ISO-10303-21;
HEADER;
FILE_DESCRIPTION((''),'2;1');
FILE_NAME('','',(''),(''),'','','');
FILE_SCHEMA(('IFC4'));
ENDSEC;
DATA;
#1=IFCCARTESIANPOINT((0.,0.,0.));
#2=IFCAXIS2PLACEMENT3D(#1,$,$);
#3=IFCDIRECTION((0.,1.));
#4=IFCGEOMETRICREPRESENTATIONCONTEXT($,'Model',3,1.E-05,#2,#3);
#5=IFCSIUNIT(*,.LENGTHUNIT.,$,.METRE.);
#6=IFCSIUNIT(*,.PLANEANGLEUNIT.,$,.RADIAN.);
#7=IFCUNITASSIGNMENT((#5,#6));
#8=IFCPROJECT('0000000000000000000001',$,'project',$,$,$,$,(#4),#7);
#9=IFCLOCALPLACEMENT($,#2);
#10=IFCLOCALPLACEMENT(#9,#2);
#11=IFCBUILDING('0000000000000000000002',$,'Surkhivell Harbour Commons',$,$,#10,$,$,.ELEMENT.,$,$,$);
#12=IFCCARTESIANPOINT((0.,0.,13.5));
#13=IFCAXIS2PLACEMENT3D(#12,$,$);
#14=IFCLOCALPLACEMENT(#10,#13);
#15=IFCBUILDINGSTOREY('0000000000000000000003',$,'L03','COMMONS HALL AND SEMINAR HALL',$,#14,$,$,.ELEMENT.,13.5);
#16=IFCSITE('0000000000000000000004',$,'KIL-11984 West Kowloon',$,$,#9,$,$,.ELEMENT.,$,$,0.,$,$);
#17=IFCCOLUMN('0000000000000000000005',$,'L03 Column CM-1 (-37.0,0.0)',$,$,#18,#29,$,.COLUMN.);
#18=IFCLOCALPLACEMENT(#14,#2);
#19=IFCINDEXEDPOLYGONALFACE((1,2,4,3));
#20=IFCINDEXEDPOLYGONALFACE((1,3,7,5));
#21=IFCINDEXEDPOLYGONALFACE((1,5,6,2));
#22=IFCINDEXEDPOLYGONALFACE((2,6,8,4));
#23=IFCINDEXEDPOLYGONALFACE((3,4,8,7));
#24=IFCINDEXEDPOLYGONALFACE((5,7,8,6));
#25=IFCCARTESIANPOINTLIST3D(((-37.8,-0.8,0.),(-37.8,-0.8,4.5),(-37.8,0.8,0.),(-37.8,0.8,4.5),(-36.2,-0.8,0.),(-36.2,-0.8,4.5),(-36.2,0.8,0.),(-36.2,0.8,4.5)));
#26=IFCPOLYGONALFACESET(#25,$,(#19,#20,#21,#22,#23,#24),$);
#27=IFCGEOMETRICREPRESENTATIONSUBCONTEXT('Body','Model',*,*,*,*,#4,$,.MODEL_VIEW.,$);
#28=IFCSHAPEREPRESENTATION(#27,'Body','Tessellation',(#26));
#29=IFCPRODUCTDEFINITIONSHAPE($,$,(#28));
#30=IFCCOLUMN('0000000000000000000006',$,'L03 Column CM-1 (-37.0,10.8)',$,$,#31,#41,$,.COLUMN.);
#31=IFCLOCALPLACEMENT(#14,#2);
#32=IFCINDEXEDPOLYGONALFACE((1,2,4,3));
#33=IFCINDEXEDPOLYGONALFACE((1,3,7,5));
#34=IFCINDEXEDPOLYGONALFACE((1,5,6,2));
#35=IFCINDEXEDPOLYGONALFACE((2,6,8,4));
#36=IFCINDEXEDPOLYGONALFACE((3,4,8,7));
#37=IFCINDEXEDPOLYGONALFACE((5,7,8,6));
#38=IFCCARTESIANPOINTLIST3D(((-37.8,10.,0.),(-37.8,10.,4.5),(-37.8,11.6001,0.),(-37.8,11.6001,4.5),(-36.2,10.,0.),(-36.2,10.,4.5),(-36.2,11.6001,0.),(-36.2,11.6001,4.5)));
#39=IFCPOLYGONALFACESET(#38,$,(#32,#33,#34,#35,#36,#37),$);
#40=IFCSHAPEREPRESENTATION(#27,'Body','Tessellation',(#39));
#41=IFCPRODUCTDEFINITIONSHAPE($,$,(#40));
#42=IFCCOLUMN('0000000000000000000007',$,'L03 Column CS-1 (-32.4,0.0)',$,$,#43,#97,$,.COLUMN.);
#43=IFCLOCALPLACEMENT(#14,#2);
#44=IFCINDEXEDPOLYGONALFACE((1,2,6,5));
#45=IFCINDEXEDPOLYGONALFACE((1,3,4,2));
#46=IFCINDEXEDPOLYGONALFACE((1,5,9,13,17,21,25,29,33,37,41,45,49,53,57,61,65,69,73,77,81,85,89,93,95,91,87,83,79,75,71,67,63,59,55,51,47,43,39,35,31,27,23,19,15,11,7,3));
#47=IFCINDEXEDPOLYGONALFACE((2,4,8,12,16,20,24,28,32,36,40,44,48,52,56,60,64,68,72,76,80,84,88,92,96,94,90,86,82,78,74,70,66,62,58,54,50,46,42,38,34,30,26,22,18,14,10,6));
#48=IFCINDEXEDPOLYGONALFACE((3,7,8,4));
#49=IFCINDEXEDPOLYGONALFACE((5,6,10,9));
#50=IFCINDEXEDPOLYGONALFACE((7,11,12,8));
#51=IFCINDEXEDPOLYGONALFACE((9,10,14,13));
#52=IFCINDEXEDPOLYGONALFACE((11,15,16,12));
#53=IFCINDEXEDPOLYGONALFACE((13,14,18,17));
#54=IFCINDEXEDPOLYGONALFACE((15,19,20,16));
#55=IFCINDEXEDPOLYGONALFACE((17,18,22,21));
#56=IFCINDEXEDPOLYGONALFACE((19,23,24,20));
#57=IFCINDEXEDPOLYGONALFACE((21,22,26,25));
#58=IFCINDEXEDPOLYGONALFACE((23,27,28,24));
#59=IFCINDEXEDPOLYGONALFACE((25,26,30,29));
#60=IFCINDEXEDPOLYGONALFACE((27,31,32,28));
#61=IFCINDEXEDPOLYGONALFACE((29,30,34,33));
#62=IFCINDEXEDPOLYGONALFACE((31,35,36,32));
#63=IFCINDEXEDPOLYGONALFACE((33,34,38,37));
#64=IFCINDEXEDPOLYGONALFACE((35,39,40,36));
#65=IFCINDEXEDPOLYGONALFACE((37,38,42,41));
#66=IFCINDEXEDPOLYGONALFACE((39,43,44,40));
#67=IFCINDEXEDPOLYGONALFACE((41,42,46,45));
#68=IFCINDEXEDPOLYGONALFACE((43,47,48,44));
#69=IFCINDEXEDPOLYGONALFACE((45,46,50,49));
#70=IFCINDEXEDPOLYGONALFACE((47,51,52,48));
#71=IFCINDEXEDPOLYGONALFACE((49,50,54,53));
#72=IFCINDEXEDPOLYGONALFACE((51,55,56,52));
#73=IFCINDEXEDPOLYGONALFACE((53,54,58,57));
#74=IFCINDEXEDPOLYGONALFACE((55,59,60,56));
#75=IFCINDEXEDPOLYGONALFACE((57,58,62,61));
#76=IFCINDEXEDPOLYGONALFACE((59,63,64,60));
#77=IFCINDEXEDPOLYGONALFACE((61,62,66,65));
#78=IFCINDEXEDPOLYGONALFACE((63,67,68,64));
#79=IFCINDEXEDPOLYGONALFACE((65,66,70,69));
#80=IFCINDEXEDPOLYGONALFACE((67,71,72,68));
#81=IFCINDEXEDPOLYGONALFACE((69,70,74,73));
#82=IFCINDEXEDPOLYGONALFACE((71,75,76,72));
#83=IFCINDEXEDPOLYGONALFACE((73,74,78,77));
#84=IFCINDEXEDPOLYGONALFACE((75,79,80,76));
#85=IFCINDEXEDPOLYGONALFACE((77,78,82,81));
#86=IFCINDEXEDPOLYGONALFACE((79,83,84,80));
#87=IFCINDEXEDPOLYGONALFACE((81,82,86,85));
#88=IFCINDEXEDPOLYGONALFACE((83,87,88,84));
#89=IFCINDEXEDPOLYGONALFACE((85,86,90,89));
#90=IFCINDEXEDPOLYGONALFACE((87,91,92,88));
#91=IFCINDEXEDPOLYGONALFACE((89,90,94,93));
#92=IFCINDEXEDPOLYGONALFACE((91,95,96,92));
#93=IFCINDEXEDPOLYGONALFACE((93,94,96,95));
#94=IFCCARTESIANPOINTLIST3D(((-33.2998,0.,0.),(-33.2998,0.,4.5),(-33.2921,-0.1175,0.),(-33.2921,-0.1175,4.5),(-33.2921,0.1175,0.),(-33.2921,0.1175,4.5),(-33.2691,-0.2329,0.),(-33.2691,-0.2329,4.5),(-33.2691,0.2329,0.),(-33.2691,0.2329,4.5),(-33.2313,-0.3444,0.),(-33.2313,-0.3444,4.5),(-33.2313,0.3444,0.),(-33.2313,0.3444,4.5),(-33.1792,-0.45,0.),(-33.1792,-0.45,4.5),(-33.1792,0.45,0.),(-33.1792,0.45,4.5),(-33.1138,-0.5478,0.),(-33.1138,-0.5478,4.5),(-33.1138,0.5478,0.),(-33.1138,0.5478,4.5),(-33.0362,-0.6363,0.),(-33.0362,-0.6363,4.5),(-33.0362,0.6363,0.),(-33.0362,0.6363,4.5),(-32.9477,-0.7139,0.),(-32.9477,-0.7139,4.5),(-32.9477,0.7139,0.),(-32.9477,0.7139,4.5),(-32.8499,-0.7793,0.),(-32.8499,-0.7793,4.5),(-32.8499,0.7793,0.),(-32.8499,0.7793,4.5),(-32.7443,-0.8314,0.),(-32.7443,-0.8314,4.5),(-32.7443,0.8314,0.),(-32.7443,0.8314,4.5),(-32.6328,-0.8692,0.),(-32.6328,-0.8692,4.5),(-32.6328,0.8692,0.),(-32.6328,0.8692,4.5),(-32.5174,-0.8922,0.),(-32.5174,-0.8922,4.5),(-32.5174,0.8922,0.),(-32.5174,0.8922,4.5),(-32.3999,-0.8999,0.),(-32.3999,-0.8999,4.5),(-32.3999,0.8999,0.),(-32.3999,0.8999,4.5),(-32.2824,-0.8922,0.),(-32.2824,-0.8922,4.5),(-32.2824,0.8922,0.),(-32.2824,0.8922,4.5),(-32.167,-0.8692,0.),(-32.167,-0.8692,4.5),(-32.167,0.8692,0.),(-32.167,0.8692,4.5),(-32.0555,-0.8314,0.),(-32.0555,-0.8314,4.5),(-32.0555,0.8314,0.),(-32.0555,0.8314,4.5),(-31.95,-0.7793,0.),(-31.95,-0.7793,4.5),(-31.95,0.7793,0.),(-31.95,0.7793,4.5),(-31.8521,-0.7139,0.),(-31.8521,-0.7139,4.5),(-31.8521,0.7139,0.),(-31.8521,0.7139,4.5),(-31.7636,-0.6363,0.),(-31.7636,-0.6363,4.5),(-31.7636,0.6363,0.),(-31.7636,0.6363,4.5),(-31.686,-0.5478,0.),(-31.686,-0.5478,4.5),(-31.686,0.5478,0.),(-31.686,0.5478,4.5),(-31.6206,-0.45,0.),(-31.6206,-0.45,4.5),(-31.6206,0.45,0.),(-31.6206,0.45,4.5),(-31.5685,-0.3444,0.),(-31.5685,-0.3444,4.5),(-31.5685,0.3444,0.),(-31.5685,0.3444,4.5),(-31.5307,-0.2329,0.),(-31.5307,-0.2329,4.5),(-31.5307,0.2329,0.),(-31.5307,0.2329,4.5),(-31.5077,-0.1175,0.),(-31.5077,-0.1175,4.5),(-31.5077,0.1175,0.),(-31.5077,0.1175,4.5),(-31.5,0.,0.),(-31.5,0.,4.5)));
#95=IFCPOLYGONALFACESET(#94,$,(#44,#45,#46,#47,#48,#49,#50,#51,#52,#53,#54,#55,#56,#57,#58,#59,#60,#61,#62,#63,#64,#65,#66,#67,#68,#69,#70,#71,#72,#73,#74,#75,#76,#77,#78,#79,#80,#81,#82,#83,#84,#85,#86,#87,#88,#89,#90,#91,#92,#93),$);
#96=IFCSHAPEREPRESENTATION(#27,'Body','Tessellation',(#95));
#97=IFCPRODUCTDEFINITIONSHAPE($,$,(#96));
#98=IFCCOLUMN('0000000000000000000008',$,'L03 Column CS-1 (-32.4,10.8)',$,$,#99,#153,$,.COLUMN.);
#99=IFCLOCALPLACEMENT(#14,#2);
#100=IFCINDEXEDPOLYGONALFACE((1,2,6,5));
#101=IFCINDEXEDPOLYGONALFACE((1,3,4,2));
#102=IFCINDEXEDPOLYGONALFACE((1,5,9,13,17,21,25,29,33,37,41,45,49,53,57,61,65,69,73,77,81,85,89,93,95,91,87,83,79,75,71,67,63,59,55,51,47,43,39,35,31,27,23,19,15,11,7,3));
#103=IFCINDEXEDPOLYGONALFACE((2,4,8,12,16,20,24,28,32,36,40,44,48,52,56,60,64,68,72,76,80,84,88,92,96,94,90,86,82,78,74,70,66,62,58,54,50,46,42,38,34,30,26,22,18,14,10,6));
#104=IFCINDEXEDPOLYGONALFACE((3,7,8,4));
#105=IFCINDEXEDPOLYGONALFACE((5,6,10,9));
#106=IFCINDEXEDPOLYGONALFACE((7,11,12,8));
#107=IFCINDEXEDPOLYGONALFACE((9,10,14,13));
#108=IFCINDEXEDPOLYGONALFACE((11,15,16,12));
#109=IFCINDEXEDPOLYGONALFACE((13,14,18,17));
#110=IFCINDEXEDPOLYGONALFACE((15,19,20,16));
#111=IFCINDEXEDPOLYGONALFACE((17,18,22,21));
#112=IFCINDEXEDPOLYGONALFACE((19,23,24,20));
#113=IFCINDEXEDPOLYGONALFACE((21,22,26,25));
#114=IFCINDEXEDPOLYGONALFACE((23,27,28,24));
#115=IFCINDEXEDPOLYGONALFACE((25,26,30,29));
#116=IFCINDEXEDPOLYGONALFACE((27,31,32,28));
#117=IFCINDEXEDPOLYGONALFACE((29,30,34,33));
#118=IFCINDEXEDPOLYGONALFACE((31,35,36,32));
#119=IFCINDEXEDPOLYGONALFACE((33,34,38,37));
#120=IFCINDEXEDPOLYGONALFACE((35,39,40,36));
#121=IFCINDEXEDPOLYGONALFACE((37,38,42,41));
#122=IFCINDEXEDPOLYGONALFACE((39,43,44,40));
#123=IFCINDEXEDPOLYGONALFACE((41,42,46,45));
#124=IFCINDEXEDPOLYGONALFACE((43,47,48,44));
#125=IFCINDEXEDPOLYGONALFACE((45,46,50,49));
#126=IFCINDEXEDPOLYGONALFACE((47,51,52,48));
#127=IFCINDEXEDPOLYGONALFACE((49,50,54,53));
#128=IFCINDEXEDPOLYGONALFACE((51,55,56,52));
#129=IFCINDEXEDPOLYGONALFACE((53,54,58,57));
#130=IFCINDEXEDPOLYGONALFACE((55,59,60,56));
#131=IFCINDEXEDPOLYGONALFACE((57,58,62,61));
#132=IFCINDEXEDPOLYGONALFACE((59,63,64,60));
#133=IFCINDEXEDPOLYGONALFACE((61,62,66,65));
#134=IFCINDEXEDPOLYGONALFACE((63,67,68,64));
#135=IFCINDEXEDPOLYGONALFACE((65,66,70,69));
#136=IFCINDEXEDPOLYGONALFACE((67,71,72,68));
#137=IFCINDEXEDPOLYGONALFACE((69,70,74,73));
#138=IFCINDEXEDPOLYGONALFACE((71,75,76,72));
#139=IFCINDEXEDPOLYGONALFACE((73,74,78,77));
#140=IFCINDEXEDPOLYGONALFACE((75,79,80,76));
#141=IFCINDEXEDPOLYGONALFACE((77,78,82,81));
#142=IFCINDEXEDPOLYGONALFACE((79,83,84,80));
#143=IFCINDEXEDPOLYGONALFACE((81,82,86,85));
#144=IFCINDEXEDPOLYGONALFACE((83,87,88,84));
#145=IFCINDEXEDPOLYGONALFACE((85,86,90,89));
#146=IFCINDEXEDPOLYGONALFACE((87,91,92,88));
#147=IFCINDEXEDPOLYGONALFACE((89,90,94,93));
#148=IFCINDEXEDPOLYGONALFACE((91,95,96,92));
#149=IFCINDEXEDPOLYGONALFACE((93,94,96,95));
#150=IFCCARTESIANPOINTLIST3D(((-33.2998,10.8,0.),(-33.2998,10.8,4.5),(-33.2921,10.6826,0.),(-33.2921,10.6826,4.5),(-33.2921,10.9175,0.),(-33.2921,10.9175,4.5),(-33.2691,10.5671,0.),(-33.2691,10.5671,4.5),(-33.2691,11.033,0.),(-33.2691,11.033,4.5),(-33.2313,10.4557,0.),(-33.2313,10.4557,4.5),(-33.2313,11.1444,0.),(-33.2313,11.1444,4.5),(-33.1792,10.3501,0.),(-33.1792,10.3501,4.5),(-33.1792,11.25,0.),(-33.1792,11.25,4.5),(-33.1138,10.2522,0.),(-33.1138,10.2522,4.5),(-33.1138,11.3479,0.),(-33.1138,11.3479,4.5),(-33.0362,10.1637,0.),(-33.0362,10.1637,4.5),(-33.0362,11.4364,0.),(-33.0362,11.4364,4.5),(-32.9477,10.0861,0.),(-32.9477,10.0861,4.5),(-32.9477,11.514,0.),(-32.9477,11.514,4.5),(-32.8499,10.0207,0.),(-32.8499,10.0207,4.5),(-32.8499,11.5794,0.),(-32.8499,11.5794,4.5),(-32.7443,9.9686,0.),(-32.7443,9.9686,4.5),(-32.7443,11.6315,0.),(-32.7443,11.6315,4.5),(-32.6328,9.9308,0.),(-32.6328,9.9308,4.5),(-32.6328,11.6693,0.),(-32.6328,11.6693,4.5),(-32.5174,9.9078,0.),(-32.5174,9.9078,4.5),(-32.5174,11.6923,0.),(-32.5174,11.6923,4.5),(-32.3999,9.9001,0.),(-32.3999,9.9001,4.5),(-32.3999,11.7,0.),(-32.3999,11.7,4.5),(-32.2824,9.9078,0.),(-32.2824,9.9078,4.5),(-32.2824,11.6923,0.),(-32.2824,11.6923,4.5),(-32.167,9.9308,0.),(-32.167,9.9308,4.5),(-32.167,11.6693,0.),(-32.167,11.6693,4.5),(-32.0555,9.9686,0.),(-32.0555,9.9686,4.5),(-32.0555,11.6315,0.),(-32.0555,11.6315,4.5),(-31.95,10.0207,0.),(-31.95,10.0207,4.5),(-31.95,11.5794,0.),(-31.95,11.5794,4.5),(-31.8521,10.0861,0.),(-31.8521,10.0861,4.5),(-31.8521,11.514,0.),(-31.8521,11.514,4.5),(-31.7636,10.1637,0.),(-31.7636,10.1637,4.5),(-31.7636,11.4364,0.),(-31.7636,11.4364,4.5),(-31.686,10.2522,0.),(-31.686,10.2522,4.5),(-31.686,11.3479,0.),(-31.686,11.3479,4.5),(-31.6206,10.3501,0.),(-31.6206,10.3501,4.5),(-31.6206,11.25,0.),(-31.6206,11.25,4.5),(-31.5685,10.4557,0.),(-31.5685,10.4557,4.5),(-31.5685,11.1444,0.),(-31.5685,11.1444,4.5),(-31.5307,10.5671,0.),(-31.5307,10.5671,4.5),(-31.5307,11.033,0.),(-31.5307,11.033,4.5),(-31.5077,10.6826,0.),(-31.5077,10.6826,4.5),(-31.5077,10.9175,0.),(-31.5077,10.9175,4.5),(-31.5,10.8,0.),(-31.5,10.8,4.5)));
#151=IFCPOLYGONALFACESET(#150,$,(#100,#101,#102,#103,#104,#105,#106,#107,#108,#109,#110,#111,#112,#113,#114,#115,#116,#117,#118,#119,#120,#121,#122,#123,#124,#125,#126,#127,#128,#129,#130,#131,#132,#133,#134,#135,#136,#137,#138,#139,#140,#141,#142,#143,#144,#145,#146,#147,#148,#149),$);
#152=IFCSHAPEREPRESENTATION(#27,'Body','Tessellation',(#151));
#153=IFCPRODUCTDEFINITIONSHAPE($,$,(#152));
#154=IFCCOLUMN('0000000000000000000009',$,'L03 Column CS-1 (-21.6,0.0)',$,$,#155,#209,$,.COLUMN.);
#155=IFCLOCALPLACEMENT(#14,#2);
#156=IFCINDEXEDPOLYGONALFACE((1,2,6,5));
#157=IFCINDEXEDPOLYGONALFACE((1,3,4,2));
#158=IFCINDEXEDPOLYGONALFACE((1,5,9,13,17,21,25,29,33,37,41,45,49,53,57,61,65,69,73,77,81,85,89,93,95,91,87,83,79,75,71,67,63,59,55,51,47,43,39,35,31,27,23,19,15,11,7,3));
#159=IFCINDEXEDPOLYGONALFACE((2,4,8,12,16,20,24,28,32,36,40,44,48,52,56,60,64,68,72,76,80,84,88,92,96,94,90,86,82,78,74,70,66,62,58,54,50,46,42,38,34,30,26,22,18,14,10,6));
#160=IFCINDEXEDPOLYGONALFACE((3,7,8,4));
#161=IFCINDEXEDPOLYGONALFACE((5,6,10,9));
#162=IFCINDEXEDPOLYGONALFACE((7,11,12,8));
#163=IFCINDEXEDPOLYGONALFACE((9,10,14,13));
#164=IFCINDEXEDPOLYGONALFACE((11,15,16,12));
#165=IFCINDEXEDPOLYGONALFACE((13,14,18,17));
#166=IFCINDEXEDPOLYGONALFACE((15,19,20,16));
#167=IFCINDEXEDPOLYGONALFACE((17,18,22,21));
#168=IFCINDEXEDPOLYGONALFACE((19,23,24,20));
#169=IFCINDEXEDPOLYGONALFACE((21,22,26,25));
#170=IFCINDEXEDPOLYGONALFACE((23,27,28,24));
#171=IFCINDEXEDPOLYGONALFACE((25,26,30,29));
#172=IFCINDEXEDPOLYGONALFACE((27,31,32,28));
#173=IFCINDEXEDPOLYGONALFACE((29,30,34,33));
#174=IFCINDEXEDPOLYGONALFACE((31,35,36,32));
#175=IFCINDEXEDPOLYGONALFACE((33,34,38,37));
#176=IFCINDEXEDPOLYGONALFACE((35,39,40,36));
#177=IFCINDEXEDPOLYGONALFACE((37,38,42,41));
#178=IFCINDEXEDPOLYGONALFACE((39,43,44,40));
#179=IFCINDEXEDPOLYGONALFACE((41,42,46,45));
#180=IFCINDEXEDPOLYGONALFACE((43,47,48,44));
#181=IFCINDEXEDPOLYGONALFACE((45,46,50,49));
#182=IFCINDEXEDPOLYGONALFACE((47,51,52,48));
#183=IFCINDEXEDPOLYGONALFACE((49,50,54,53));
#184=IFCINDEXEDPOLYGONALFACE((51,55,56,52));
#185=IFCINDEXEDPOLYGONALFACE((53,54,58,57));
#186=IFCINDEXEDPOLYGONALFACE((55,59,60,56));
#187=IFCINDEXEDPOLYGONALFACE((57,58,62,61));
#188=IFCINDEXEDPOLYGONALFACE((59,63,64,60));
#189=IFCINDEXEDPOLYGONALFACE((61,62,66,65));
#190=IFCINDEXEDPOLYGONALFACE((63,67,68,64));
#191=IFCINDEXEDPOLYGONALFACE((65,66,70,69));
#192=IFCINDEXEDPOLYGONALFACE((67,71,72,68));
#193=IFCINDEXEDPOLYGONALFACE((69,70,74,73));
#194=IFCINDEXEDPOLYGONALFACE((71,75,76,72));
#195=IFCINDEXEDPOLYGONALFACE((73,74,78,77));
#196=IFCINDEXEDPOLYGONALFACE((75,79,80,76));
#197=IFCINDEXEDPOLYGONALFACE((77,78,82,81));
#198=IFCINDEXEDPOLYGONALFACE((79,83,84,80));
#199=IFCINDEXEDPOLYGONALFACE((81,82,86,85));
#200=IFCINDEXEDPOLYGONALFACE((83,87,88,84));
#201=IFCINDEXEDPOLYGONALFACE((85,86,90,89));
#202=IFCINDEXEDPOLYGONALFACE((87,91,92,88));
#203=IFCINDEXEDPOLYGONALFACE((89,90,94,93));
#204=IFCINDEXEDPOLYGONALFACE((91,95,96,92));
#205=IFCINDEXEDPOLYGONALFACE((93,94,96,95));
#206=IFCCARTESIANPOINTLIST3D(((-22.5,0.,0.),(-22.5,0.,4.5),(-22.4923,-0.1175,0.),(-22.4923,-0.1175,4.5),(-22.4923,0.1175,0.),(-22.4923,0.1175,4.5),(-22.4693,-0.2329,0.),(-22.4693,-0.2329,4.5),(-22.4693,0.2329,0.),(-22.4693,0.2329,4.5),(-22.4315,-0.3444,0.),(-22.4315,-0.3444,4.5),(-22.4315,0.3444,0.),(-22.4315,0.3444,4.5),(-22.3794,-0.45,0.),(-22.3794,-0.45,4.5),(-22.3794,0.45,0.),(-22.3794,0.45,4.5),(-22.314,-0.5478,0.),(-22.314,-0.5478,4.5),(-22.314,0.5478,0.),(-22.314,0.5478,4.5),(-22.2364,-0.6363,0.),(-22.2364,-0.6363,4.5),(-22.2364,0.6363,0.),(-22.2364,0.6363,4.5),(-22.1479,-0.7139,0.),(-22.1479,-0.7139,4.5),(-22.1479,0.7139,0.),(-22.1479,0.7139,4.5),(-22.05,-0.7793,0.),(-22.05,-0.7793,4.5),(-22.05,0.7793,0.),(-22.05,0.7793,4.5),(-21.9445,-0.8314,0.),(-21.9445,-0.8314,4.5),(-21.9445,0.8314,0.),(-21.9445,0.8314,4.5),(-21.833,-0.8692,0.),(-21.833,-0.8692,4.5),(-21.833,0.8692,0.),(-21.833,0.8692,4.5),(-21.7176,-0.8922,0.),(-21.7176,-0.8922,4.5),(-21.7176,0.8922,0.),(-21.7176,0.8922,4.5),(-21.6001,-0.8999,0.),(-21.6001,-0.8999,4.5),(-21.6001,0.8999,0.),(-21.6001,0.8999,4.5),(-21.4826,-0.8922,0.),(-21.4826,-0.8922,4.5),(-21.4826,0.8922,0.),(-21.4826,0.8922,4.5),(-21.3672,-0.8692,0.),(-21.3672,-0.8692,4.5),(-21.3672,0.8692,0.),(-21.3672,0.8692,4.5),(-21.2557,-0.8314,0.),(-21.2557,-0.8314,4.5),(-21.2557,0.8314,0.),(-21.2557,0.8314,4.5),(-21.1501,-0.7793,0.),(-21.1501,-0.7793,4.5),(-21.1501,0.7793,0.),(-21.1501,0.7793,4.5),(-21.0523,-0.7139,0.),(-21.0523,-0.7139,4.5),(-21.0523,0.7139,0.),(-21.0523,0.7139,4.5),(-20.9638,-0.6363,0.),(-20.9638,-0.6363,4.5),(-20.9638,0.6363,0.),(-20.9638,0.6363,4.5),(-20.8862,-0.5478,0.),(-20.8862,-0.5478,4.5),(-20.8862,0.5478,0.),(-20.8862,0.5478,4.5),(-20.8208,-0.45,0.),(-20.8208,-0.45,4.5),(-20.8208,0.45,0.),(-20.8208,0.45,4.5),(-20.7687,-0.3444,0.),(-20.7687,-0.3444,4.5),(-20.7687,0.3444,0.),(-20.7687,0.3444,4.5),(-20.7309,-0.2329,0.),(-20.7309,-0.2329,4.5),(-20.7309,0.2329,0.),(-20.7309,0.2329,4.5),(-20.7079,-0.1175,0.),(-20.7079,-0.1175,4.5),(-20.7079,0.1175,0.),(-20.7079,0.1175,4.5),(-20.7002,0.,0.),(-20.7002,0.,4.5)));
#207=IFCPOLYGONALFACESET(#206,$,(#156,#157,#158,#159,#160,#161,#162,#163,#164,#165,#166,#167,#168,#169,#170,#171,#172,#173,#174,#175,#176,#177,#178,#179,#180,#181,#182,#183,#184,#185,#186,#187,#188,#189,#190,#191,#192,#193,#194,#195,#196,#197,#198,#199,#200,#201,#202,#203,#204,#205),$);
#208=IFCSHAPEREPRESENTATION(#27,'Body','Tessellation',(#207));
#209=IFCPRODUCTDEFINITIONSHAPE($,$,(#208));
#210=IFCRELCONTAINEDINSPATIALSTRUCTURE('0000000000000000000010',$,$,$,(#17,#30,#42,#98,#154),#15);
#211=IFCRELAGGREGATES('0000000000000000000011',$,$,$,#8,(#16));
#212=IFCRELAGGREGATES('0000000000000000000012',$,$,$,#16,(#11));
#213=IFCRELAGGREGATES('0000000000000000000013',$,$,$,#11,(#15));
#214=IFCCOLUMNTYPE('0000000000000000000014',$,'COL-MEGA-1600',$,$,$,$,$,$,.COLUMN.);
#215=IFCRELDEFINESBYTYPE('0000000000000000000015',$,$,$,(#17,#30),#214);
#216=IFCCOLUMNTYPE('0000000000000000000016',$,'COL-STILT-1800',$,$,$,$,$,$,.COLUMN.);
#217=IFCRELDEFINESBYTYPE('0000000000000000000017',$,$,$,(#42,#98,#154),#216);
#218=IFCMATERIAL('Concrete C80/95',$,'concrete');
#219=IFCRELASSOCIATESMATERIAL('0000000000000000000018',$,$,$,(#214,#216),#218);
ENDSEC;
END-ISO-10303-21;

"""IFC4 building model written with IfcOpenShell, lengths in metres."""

from ifc_helpers import new_model, si_unit, direction, frame, origin, origin_2d, place, context, subcontext, project, spatial, rectangle, circle, extrude, material, material_profile, profile_set, type_object, element, save


model = new_model("IFC4")

# Units and contexts
model_context = context("Model", 3, precision=1e-05, world=origin(), true_north=direction((0.0, 1.0)))
body_context = subcontext(model_context, "Body", "Model", "MODEL_VIEW")
ifc_project = project(units=[si_unit("LENGTHUNIT", "METRE"), si_unit("PLANEANGLEUNIT", "RADIAN")], contexts=[model_context])

# Site, building, storey
site_placement = place(None, origin())
site = spatial("IfcSite", under=ifc_project, at=site_placement, Name="KIL-11984 West Kowloon", CompositionType="ELEMENT", RefElevation=0.0)
building_placement = place(site_placement, origin())
building = spatial("IfcBuilding", under=site, at=building_placement, Name="Surkhivell Harbour Commons", CompositionType="ELEMENT")
storey_placement = place(building_placement, frame((0.0, 0.0, 13.5)))
storey = spatial("IfcBuildingStorey", under=building, at=storey_placement, Name="L03", Description="COMMONS HALL AND SEMINAR HALL", CompositionType="ELEMENT", Elevation=13.5)

# Columns
ifc_material_1 = material(Name="Concrete C80/95", Category="concrete")
ifc_material_profile_1 = material_profile(ifc_material_1, rectangle(XDim=1.6001, YDim=1.6001, at=origin_2d()), Name="RC-COL-1600x1600")
ifc_profile_set_1 = profile_set([ifc_material_profile_1], Name="Concrete C80/95")
column_type_1 = type_object("IfcColumnType", Name="COL-MEGA-1600", PredefinedType="COLUMN", material=ifc_profile_set_1)
for number, where, z_axis, x_axis, name in (
    (1, (-37.0, 0.0, 0.0), (0.0, 0.0, 1.0), (1.0, 0.0, 0.0), "L03 Column CM-1 (-37.0,0.0)"),
    (2, (-37.0, 10.8, 0.0), (0.0, 0.0, 1.0), (1.0, 0.0, 0.0), "L03 Column CM-1 (-37.0,10.8)"),
):
    element("IfcColumn", number, at=place(storey_placement, frame(where, z_axis=z_axis, x_axis=x_axis)), inside=storey, type_object=column_type_1, Name=name, PredefinedType="COLUMN", context=body_context, shape_type="SweptSolid", body=[
        extrude(rectangle(XDim=1.6001, YDim=1.6001, at=origin_2d()), origin(), (0.0, 0.0, 1.0), 4.5),
    ])
ifc_material_profile_2 = material_profile(ifc_material_1, circle(Radius=0.8999, at=origin_2d()), Name="RC-CIRC-1800")
ifc_profile_set_2 = profile_set([ifc_material_profile_2], Name="Concrete C80/95")
column_type_2 = type_object("IfcColumnType", Name="COL-STILT-1800", PredefinedType="COLUMN", material=ifc_profile_set_2)
for number, where, z_axis, x_axis, name in (
    (3, (-32.3999, 0.0, 0.0), (0.0, 0.0, 1.0), (1.0, 0.0, 0.0), "L03 Column CS-1 (-32.4,0.0)"),
    (4, (-32.3999, 10.8, 0.0), (0.0, 0.0, 1.0), (1.0, 0.0, 0.0), "L03 Column CS-1 (-32.4,10.8)"),
    (5, (-21.6001, 0.0, 0.0), (0.0, 0.0, 1.0), (1.0, 0.0, 0.0), "L03 Column CS-1 (-21.6,0.0)"),
):
    element("IfcColumn", number, at=place(storey_placement, frame(where, z_axis=z_axis, x_axis=x_axis)), inside=storey, type_object=column_type_2, Name=name, PredefinedType="COLUMN", context=body_context, shape_type="SweptSolid", body=[
        extrude(circle(Radius=0.8999, at=origin_2d()), origin(), (0.0, 0.0, 1.0), 4.5),
    ])

save(model, "model.ifc")
